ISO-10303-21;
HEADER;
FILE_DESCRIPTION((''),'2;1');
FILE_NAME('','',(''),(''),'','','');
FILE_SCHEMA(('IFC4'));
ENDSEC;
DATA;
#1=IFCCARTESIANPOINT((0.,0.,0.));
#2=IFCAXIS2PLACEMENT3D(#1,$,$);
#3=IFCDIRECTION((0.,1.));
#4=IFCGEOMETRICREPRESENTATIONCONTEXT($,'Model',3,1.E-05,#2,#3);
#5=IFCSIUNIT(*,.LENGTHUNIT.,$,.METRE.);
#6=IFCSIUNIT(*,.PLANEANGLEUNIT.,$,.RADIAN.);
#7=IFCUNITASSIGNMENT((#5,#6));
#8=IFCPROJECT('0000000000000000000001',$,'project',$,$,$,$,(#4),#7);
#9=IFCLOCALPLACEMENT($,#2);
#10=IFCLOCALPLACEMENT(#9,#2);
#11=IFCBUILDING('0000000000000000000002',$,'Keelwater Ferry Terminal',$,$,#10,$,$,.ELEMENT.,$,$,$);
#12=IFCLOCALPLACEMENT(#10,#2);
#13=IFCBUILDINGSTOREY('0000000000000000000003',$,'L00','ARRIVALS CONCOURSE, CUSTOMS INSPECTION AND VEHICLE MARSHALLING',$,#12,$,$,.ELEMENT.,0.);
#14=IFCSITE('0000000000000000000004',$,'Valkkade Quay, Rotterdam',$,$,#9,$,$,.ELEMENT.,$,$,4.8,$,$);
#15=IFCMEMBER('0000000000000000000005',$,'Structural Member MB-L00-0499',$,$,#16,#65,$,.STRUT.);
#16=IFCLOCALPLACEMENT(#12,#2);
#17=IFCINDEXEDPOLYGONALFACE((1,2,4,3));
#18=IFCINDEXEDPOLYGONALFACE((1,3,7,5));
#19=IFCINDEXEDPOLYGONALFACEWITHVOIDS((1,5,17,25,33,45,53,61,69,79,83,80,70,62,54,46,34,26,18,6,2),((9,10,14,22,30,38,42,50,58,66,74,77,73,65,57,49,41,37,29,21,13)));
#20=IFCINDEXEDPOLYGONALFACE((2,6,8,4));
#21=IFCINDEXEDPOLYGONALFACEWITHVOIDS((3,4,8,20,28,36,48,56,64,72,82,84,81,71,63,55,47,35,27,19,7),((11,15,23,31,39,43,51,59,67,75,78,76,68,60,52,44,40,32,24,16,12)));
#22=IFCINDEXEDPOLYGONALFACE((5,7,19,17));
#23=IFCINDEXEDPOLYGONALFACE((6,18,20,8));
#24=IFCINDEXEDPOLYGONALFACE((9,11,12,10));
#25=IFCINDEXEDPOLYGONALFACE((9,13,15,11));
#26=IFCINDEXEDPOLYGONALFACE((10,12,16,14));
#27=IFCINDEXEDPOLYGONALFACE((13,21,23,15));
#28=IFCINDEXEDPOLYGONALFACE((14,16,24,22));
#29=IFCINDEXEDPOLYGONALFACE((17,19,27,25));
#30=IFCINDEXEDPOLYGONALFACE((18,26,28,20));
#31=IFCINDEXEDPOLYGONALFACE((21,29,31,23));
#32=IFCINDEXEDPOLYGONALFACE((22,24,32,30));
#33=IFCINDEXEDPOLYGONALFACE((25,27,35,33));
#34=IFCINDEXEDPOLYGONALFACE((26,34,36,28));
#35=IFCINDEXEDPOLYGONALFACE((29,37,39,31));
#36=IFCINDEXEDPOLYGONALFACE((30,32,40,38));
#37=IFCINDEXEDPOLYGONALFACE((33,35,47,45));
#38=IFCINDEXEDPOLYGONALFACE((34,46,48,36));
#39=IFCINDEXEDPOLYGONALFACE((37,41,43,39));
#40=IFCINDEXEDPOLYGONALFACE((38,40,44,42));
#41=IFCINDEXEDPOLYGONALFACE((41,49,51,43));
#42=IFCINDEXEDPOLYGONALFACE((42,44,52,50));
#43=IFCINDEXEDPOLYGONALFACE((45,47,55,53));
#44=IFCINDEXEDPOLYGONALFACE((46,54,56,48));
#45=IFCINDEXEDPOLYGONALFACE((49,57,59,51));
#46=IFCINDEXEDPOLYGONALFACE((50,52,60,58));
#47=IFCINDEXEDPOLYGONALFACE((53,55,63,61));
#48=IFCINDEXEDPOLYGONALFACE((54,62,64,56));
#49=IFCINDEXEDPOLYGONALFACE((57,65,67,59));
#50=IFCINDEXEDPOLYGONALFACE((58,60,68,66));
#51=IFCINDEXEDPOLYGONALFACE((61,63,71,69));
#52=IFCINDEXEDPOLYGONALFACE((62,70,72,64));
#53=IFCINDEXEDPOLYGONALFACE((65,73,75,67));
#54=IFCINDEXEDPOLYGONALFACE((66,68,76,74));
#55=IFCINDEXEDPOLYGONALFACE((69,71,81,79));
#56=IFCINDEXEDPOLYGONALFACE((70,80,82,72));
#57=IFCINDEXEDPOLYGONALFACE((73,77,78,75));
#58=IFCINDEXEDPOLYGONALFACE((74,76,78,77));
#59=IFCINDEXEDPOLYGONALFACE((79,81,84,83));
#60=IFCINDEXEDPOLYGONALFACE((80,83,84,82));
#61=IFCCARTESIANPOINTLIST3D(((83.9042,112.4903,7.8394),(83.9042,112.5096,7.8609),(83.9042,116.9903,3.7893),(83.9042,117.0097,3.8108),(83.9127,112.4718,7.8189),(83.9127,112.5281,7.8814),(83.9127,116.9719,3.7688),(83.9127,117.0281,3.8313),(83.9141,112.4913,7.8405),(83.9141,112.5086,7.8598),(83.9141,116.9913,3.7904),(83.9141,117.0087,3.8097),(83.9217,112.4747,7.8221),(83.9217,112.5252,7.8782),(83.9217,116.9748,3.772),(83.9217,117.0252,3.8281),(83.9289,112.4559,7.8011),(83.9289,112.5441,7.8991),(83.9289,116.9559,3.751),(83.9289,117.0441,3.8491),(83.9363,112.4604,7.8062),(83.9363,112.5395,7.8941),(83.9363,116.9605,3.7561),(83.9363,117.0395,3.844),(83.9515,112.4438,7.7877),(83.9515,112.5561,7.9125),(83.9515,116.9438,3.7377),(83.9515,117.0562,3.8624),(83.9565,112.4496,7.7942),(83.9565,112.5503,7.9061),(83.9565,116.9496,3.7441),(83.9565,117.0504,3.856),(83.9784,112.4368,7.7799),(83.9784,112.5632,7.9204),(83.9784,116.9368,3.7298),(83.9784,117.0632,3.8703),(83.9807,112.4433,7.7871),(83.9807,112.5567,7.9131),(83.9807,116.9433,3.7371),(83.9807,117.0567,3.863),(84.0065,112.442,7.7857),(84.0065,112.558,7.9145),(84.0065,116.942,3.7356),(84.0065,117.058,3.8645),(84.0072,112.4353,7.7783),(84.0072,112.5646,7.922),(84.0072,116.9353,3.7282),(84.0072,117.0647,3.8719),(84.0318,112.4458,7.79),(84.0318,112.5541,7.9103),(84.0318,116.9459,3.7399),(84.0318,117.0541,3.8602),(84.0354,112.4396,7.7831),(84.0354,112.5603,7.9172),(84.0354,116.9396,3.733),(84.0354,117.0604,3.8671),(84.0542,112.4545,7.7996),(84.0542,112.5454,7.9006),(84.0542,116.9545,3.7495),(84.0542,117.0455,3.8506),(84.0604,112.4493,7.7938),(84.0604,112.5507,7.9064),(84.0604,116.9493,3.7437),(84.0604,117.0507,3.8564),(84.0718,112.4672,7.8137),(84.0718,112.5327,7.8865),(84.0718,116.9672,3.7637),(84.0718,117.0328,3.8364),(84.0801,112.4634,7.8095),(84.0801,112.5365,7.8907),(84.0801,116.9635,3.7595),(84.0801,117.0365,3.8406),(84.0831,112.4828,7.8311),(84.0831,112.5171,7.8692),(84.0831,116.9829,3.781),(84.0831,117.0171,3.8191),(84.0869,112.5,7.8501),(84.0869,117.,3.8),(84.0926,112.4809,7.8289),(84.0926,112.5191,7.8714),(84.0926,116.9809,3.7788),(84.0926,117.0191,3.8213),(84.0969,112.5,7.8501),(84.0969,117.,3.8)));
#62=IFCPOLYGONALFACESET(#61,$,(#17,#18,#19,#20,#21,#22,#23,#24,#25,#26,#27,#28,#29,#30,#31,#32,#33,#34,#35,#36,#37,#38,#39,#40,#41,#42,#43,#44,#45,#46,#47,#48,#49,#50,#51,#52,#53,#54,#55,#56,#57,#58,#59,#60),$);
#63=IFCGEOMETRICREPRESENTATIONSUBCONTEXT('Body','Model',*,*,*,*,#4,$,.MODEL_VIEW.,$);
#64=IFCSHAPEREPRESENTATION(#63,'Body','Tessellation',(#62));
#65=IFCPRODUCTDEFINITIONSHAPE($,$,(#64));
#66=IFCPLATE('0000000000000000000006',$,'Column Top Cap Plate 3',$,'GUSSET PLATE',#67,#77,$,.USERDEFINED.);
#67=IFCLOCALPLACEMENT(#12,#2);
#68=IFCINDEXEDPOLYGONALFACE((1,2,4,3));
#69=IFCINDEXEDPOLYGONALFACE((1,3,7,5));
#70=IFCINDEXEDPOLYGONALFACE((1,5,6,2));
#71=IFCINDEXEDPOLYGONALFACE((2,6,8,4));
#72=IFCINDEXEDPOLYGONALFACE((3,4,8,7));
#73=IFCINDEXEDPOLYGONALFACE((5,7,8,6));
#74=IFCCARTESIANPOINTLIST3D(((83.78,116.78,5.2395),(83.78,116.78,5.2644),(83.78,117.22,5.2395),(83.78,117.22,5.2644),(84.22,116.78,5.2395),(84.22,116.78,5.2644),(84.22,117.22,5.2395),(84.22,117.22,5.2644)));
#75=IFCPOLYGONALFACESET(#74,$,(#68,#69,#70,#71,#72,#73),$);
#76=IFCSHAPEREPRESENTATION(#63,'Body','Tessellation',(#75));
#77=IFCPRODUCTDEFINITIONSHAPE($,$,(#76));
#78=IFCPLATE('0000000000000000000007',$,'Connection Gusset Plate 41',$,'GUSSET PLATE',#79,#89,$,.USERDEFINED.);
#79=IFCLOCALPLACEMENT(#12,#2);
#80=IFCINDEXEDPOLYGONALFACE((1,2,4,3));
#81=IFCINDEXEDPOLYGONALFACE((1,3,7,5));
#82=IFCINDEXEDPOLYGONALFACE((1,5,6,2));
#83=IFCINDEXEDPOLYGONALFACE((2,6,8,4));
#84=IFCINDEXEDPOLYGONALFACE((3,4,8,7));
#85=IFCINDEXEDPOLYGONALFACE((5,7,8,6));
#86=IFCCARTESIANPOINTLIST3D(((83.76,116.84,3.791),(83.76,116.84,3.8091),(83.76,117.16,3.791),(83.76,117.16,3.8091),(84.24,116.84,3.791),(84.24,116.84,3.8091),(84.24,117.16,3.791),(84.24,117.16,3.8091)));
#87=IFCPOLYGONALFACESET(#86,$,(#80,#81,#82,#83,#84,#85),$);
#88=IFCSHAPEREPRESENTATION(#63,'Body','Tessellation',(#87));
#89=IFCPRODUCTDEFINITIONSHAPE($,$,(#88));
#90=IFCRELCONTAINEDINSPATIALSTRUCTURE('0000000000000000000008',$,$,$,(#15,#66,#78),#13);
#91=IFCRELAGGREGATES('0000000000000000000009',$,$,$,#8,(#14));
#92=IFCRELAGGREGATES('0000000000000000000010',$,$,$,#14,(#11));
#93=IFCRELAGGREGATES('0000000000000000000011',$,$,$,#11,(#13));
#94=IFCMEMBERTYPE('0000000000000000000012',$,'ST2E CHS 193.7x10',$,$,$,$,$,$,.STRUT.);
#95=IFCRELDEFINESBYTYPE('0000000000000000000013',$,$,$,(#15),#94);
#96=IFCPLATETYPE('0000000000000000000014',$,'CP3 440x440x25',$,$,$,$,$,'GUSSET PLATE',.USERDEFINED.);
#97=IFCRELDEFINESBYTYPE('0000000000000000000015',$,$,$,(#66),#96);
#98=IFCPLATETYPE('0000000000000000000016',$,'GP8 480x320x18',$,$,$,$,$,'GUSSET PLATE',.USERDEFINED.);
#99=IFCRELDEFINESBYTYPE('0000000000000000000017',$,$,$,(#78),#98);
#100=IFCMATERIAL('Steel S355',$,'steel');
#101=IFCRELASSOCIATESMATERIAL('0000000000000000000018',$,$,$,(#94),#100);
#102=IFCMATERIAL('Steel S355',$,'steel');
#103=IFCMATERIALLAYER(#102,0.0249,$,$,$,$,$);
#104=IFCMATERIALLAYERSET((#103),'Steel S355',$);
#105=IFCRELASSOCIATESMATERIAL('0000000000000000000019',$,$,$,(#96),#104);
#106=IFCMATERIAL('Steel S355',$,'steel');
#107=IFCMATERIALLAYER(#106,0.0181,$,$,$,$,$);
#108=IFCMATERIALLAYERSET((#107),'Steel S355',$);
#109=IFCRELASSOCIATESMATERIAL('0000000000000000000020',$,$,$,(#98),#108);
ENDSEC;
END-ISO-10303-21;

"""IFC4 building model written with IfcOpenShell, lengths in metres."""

from ifc_helpers import new_model, si_unit, direction, frame, origin, origin_2d, place, context, subcontext, project, spatial, rectangle, hollow_circle, extrude, material, layer, layer_set, material_profile, profile_set, type_object, element, save


model = new_model("IFC4")

# Units and contexts
model_context = context("Model", 3, precision=1e-05, world=origin(), true_north=direction((0.0, 1.0)))
body_context = subcontext(model_context, "Body", "Model", "MODEL_VIEW")
ifc_project = project(units=[si_unit("LENGTHUNIT", "METRE"), si_unit("PLANEANGLEUNIT", "RADIAN")], contexts=[model_context])

# Site, building, storey
site_placement = place(None, origin())
site = spatial("IfcSite", under=ifc_project, at=site_placement, Name="Valkkade Quay, Rotterdam", CompositionType="ELEMENT", RefElevation=4.8)
building_placement = place(site_placement, origin())
building = spatial("IfcBuilding", under=site, at=building_placement, Name="Keelwater Ferry Terminal", CompositionType="ELEMENT")
storey_placement = place(building_placement, origin())
storey = spatial("IfcBuildingStorey", under=building, at=storey_placement, Name="L00", Description="ARRIVALS CONCOURSE, CUSTOMS INSPECTION AND VEHICLE MARSHALLING", CompositionType="ELEMENT", Elevation=0.0)

# Member
ifc_material_1 = material(Name="Steel S355", Category="steel")
ifc_material_profile_1 = material_profile(ifc_material_1, hollow_circle(Radius=0.0969, WallThickness=0.01, at=origin_2d()), Name="CHS 193.7x10")
ifc_profile_set_1 = profile_set([ifc_material_profile_1], Name="Steel S355")
member_type = type_object("IfcMemberType", Name="ST2E CHS 193.7x10", PredefinedType="STRUT", material=ifc_profile_set_1)
member_placement = place(storey_placement, frame((84.0, 117.0, 3.8), z_axis=(0.0, -0.74329, 0.668969), x_axis=(1.0, 0.0, 0.0)))
element("IfcMember", 1, at=member_placement, inside=storey, type_object=member_type, Name="Structural Member MB-L00-0499", PredefinedType="STRUT", context=body_context, shape_type="SweptSolid", body=[
    extrude(hollow_circle(Radius=0.0969, WallThickness=0.01, at=origin_2d()), origin(), (0.0, 0.0, 1.0), 6.0542),
])

# Plates
ifc_material_2 = material(Name="Steel S355", Category="steel")
ifc_layer_1 = layer(ifc_material_2, 0.0249)
ifc_layer_set_1 = layer_set([ifc_layer_1], Name="Steel S355")
plate_type_1 = type_object("IfcPlateType", Name="CP3 440x440x25", ElementType="GUSSET PLATE", PredefinedType="USERDEFINED", material=ifc_layer_set_1)
plate_1_placement = place(storey_placement, frame((84.0, 117.0, 5.2395), z_axis=(0.0, 0.0, 1.0), x_axis=(1.0, 0.0, 0.0)))
element("IfcPlate", 2, at=plate_1_placement, inside=storey, type_object=plate_type_1, Name="Column Top Cap Plate 3", ObjectType="GUSSET PLATE", PredefinedType="USERDEFINED", context=body_context, shape_type="SweptSolid", body=[
    extrude(rectangle(XDim=0.4399, YDim=0.4399, at=origin_2d()), origin(), (0.0, 0.0, 1.0), 0.0249),
])
ifc_material_3 = material(Name="Steel S355", Category="steel")
ifc_layer_2 = layer(ifc_material_3, 0.0181)
ifc_layer_set_2 = layer_set([ifc_layer_2], Name="Steel S355")
plate_type_2 = type_object("IfcPlateType", Name="GP8 480x320x18", ElementType="GUSSET PLATE", PredefinedType="USERDEFINED", material=ifc_layer_set_2)
plate_2_placement = place(storey_placement, frame((84.0, 117.0, 3.791), z_axis=(0.0, 0.0, 1.0), x_axis=(1.0, 0.0, 0.0)))
element("IfcPlate", 3, at=plate_2_placement, inside=storey, type_object=plate_type_2, Name="Connection Gusset Plate 41", ObjectType="GUSSET PLATE", PredefinedType="USERDEFINED", context=body_context, shape_type="SweptSolid", body=[
    extrude(rectangle(XDim=0.48, YDim=0.3201, at=origin_2d()), origin(), (0.0, 0.0, 1.0), 0.0181),
])

save(model, "model.ifc")
